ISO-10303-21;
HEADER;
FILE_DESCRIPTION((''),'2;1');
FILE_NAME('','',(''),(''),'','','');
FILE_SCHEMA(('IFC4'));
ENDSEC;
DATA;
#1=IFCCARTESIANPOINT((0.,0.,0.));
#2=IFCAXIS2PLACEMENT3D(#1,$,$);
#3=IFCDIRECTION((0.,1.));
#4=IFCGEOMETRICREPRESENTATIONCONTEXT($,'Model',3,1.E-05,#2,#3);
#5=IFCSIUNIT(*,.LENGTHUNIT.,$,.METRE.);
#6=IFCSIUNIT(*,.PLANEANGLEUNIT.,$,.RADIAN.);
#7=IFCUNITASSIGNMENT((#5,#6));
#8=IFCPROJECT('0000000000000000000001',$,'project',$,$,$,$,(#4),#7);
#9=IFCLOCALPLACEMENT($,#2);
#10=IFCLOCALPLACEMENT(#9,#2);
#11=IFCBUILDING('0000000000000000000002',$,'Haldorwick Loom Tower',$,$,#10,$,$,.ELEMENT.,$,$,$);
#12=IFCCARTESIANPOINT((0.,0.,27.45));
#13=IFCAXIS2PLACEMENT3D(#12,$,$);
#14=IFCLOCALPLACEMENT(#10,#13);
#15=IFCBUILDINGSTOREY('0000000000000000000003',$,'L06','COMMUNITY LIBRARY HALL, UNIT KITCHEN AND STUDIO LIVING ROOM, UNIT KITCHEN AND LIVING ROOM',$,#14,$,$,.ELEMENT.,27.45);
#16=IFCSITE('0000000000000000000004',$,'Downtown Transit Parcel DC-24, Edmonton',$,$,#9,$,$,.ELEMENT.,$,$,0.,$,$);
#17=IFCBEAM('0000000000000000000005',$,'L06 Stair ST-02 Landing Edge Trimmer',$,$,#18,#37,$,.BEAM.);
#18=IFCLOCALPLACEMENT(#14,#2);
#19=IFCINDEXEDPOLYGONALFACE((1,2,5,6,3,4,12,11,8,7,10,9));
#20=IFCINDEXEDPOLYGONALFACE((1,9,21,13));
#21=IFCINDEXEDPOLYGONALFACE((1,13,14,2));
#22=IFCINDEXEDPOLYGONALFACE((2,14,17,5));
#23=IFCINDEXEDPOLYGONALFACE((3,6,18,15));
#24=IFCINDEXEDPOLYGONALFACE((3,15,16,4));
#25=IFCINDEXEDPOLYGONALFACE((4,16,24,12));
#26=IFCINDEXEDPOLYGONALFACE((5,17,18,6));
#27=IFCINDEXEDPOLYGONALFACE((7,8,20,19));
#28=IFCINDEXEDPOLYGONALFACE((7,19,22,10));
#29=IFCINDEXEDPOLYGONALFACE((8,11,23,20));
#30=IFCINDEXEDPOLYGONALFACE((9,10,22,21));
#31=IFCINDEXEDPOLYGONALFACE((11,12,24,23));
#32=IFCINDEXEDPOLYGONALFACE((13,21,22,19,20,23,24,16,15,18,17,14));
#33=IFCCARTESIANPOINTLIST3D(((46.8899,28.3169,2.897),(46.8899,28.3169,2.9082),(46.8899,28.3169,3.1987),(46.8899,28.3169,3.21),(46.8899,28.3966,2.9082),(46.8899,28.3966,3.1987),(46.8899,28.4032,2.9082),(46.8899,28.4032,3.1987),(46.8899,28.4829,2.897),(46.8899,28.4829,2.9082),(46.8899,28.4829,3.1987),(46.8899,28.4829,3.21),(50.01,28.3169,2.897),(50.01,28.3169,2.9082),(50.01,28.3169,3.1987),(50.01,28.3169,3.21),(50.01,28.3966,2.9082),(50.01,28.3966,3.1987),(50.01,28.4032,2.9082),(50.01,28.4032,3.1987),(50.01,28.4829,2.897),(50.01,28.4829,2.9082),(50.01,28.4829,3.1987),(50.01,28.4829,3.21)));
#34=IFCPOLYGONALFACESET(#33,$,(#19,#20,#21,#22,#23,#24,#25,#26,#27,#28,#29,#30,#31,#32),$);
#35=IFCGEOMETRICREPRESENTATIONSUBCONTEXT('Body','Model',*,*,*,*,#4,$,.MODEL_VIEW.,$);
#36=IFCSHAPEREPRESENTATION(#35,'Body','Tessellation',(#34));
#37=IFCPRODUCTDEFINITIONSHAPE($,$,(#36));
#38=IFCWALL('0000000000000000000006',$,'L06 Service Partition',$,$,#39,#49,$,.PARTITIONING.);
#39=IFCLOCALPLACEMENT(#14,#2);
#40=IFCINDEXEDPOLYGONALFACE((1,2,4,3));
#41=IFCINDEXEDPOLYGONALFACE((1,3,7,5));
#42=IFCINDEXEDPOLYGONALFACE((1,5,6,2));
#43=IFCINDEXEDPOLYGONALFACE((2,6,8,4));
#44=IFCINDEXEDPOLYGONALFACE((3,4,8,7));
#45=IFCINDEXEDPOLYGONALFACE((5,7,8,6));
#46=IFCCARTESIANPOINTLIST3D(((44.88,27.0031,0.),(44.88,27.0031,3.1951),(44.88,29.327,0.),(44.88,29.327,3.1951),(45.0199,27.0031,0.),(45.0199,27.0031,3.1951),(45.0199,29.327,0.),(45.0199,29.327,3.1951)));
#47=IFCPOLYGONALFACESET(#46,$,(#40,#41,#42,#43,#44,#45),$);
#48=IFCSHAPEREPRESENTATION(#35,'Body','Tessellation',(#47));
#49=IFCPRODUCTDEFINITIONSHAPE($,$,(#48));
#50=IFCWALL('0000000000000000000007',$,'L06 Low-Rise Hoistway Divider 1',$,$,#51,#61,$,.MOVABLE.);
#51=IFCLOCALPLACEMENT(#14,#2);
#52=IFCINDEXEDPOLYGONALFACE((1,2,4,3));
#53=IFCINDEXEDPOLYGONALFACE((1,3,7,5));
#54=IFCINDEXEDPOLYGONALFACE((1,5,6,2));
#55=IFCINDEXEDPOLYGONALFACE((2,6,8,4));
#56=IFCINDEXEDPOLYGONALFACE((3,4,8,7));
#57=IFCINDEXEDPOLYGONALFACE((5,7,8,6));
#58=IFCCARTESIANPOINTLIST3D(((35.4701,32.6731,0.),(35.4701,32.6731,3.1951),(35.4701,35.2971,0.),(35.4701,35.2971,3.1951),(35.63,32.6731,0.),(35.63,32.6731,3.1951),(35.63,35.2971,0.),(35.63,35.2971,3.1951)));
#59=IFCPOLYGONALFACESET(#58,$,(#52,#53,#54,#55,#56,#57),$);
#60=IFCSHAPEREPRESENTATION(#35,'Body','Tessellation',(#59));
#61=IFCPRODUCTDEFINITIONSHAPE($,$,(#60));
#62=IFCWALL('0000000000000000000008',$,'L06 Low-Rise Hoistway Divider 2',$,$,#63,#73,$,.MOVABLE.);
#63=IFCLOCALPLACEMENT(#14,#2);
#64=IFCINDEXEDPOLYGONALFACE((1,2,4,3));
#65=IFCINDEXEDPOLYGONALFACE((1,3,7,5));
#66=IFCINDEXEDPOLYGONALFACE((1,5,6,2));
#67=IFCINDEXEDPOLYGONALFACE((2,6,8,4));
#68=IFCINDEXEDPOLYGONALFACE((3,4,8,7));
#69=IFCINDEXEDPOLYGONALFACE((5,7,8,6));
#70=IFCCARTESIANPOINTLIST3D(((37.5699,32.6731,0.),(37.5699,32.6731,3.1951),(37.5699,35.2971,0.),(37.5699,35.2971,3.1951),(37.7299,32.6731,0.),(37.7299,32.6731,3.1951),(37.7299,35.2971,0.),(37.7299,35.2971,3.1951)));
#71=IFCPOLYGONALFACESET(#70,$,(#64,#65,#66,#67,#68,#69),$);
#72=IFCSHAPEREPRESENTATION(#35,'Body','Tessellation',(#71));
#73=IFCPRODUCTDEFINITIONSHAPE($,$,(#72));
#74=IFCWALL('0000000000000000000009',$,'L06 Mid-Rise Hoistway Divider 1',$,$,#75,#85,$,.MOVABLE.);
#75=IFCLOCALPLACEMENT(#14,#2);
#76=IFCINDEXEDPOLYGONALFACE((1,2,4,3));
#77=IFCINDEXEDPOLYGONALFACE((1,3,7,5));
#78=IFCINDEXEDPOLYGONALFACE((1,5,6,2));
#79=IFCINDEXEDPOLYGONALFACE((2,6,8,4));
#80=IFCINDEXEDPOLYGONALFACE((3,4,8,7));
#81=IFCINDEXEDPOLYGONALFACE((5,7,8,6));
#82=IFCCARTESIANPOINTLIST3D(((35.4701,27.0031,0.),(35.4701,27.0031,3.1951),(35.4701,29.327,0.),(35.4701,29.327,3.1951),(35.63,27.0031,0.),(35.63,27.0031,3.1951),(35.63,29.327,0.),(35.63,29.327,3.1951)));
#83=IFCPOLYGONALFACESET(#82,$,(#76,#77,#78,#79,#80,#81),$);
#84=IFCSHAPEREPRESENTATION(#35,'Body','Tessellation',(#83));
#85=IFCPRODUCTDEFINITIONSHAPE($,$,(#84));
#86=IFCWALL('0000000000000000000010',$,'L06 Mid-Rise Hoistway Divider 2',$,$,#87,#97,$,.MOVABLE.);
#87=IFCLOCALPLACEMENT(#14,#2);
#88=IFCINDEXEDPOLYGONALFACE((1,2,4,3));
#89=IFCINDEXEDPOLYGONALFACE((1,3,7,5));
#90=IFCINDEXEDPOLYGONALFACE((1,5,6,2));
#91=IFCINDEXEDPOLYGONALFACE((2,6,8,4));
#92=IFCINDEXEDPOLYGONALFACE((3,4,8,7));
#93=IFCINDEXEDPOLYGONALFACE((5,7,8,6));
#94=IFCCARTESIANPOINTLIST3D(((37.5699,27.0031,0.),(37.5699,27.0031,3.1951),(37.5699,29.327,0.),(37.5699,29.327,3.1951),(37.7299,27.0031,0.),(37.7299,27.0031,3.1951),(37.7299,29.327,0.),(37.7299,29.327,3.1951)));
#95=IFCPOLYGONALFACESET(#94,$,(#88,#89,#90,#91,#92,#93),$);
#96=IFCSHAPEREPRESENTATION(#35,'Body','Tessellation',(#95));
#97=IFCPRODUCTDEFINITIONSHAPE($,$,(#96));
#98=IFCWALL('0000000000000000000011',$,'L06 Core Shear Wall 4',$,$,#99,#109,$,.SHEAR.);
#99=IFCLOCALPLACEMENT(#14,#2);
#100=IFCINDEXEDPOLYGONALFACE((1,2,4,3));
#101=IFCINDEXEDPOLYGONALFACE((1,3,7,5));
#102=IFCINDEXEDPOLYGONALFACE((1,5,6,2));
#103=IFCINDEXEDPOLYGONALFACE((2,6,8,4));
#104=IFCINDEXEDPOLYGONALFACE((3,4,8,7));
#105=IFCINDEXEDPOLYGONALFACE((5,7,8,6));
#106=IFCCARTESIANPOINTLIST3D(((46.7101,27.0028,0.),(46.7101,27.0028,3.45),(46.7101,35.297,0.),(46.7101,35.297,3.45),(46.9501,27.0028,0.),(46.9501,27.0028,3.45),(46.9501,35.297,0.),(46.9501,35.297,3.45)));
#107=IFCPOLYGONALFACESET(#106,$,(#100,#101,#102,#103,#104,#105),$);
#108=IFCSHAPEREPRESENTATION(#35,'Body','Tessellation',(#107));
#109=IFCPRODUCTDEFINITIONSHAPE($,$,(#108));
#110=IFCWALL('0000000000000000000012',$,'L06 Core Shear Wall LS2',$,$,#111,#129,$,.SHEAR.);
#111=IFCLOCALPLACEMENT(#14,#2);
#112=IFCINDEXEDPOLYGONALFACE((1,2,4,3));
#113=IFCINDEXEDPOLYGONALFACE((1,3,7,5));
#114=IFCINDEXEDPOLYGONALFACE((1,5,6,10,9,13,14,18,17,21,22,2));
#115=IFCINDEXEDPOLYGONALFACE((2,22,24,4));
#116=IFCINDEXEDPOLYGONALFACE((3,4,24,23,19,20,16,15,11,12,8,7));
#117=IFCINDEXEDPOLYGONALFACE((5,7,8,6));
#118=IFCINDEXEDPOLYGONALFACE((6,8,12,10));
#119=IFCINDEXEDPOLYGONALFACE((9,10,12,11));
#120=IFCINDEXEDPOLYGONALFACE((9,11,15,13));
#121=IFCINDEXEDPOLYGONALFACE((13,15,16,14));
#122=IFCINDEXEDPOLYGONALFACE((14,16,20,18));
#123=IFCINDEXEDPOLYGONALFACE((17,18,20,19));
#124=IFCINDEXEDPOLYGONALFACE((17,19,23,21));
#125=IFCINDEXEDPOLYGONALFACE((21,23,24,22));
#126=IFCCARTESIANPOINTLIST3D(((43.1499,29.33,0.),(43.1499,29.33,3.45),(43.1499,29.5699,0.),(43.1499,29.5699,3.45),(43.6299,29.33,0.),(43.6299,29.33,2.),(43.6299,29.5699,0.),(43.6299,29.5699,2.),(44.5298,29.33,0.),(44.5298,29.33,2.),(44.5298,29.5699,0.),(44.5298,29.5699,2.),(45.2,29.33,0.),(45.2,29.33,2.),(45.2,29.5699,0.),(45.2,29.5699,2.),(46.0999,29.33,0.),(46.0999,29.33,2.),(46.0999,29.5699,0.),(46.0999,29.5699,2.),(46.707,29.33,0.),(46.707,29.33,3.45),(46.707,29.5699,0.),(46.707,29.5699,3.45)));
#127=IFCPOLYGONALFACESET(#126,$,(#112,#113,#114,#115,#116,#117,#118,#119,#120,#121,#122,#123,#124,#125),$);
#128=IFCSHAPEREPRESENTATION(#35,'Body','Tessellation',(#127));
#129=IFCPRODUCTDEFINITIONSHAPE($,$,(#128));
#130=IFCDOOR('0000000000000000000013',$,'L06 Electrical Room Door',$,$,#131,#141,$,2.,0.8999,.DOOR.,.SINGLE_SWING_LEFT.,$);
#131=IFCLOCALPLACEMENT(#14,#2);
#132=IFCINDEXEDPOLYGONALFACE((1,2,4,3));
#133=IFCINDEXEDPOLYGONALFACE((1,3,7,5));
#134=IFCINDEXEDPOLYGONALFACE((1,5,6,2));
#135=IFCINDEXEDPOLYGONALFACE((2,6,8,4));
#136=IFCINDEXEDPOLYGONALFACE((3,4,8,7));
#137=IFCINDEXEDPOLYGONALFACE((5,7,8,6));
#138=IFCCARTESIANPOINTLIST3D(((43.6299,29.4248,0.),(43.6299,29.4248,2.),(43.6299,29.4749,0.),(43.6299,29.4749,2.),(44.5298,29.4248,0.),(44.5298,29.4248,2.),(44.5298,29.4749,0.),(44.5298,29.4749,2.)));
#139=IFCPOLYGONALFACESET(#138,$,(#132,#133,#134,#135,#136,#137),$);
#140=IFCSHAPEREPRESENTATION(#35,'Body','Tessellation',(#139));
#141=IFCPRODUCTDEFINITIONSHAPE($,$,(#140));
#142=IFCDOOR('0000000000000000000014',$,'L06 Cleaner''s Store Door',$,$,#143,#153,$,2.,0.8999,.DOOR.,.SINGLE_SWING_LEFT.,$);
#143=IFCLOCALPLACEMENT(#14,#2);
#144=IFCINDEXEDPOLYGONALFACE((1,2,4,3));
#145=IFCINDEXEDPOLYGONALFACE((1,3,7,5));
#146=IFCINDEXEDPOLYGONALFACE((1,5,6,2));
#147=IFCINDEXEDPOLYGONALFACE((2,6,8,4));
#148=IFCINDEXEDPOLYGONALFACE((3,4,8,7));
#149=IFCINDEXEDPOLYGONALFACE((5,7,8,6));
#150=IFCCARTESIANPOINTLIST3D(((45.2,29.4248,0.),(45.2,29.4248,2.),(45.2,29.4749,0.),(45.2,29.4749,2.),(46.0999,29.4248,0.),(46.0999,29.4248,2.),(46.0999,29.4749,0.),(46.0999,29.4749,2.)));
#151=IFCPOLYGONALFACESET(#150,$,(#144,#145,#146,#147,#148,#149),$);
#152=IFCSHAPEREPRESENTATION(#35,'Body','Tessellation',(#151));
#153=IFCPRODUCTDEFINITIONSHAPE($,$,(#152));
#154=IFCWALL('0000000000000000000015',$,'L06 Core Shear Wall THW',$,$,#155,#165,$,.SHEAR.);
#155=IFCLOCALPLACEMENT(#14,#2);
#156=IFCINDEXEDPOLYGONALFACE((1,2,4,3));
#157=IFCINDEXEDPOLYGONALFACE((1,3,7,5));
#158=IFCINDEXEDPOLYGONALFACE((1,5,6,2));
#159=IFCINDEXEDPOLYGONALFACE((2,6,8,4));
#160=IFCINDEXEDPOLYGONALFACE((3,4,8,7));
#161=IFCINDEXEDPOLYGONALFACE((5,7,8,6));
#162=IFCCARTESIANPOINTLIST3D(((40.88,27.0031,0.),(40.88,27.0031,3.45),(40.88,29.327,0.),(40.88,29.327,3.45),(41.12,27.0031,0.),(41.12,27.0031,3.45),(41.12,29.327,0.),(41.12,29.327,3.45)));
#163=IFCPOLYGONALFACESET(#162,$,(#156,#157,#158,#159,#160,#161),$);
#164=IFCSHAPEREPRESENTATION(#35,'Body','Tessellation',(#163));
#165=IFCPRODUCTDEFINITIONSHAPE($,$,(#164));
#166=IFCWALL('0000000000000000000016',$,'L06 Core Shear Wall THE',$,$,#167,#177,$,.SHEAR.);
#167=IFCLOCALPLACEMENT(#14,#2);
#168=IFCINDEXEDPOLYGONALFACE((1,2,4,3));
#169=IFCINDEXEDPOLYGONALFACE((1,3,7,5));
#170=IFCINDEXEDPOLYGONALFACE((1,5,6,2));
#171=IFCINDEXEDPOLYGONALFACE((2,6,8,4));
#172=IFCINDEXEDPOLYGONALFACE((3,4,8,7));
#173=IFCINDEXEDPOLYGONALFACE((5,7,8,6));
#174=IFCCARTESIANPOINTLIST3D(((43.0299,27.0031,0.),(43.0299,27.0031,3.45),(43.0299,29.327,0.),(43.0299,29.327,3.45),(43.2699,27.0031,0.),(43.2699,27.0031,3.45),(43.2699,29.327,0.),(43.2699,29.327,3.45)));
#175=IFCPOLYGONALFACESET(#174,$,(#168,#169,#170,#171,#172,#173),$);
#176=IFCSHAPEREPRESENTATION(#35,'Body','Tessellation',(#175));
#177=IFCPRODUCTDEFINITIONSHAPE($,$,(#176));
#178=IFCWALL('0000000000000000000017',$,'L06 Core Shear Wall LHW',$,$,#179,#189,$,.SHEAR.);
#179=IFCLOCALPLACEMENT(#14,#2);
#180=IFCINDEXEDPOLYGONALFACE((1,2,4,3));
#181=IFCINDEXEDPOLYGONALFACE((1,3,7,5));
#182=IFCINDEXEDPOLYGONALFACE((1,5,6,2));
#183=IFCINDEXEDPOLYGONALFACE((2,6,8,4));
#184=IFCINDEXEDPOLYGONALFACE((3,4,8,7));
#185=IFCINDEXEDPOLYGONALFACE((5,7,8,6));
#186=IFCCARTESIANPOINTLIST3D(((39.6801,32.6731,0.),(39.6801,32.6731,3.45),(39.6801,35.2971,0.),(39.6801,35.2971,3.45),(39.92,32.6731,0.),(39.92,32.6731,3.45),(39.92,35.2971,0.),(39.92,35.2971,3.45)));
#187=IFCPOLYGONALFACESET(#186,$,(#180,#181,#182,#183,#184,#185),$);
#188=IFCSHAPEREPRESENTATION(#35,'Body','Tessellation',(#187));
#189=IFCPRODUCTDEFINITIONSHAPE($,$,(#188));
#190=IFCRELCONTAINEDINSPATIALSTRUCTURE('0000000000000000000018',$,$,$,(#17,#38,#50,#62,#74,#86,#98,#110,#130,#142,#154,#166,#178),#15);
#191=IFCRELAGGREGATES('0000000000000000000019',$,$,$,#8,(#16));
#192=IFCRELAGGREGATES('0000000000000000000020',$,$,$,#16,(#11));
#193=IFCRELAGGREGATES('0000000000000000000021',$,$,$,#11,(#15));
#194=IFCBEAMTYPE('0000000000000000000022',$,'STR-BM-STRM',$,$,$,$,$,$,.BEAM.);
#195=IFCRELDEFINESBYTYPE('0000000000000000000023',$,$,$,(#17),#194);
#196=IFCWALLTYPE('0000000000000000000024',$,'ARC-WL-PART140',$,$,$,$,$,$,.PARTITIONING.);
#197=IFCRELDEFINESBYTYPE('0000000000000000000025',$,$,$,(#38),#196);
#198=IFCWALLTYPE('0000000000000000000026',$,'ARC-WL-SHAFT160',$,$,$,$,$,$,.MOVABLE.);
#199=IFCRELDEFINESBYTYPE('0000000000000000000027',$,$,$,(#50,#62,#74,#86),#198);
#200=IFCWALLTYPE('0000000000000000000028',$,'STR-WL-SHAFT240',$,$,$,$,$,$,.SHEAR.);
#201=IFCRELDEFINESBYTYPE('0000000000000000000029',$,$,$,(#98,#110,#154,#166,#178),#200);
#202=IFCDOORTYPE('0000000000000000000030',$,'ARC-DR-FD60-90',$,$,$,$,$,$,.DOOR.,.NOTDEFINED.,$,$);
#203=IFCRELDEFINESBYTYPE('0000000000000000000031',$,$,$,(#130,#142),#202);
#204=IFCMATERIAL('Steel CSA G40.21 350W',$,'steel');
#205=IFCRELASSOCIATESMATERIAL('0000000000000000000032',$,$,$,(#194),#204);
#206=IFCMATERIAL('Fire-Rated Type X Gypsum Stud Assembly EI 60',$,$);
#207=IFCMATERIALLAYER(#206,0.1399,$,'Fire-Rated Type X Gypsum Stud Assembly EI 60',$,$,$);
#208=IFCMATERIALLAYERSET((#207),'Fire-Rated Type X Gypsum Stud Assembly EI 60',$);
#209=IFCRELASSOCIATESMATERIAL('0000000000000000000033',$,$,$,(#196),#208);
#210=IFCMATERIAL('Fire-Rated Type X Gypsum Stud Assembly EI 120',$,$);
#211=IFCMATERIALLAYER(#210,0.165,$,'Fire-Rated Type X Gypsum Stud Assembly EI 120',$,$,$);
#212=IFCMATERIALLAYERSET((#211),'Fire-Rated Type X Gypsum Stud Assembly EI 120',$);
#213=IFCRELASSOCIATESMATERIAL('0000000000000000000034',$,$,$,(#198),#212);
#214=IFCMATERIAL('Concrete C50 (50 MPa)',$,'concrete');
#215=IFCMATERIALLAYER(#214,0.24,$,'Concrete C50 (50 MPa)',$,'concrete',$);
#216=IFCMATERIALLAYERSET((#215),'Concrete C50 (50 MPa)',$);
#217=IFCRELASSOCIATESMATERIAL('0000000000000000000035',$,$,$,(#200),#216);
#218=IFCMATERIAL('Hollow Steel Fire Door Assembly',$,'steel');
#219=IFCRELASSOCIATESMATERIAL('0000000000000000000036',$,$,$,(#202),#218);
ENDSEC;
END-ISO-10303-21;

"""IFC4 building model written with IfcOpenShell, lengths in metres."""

from ifc_helpers import new_model, si_unit, direction, frame, frame_2d, origin, origin_2d, place, context, subcontext, project, spatial, rectangle, i_section, extrude, material, layer, layer_set, material_profile, profile_set, type_object, element, fill, save


model = new_model("IFC4")

# Units and contexts
model_context = context("Model", 3, precision=1e-05, world=origin(), true_north=direction((0.0, 1.0)))
body_context = subcontext(model_context, "Body", "Model", "MODEL_VIEW")
ifc_project = project(units=[si_unit("LENGTHUNIT", "METRE"), si_unit("PLANEANGLEUNIT", "RADIAN")], contexts=[model_context])

# Site, building, storey
site_placement = place(None, origin())
site = spatial("IfcSite", under=ifc_project, at=site_placement, Name="Downtown Transit Parcel DC-24, Edmonton", CompositionType="ELEMENT", RefElevation=0.0)
building_placement = place(site_placement, origin())
building = spatial("IfcBuilding", under=site, at=building_placement, Name="Haldorwick Loom Tower", CompositionType="ELEMENT")
storey_placement = place(building_placement, frame((0.0, 0.0, 27.45)))
storey = spatial("IfcBuildingStorey", under=building, at=storey_placement, Name="L06", Description="COMMUNITY LIBRARY HALL, UNIT KITCHEN AND STUDIO LIVING ROOM, UNIT KITCHEN AND LIVING ROOM", CompositionType="ELEMENT", Elevation=27.45)

# Beam
ifc_material_1 = material(Name="Steel CSA G40.21 350W", Category="steel")
ifc_material_profile_1 = material_profile(ifc_material_1, i_section(OverallWidth=0.166, OverallDepth=0.313, WebThickness=0.0066, FlangeThickness=0.0112, at=origin_2d()), Name="W310X45", Category="steel")
ifc_profile_set_1 = profile_set([ifc_material_profile_1], Name="Steel CSA G40.21 350W")
beam_type_1 = type_object("IfcBeamType", Name="STR-BM-STRM", PredefinedType="BEAM", material=ifc_profile_set_1)
beam_1_placement = place(storey_placement, frame((46.8899, 28.3999, 3.0535), z_axis=(1.0, 0.0, 0.0), x_axis=(0.0, 1.0, 0.0)))
element("IfcBeam", 1, at=beam_1_placement, inside=storey, type_object=beam_type_1, Name="L06 Stair ST-02 Landing Edge Trimmer", PredefinedType="BEAM", context=body_context, shape_type="SweptSolid", body=[
    extrude(i_section(OverallWidth=0.166, OverallDepth=0.313, WebThickness=0.0066, FlangeThickness=0.0112, at=origin_2d()), origin(), (0.0, 0.0, 1.0), 3.1201),
])

# Walls
ifc_material_2 = material(Name="Fire-Rated Type X Gypsum Stud Assembly EI 60")
ifc_layer_1 = layer(ifc_material_2, 0.1399, Name="Fire-Rated Type X Gypsum Stud Assembly EI 60")
ifc_layer_set_1 = layer_set([ifc_layer_1], Name="Fire-Rated Type X Gypsum Stud Assembly EI 60")
wall_type_1 = type_object("IfcWallType", Name="ARC-WL-PART140", PredefinedType="PARTITIONING", material=ifc_layer_set_1)
wall_1_placement = place(storey_placement, frame((44.95, 27.0029, 0.0), z_axis=(0.0, 0.0, 1.0), x_axis=(0.0, 1.0, 0.0)))
element("IfcWall", 2, at=wall_1_placement, inside=storey, type_object=wall_type_1, Name="L06 Service Partition", PredefinedType="PARTITIONING", context=body_context, shape_type="SweptSolid", body=[
    extrude(rectangle(XDim=2.324, YDim=0.1399, at=frame_2d((1.1621, 0.0))), origin(), (0.0, 0.0, 1.0), 3.1951),
])
ifc_material_3 = material(Name="Fire-Rated Type X Gypsum Stud Assembly EI 120")
ifc_layer_2 = layer(ifc_material_3, 0.165, Name="Fire-Rated Type X Gypsum Stud Assembly EI 120")
ifc_layer_set_2 = layer_set([ifc_layer_2], Name="Fire-Rated Type X Gypsum Stud Assembly EI 120")
wall_type_2 = type_object("IfcWallType", Name="ARC-WL-SHAFT160", PredefinedType="MOVABLE", material=ifc_layer_set_2)
for number, where, z_axis, x_axis, name in (
    (3, (35.55, 32.6731, 0.0), (0.0, 0.0, 1.0), (0.0, 1.0, 0.0), "L06 Low-Rise Hoistway Divider 1"),
    (4, (37.6499, 32.6731, 0.0), (0.0, 0.0, 1.0), (0.0, 1.0, 0.0), "L06 Low-Rise Hoistway Divider 2"),
):
    element("IfcWall", number, at=place(storey_placement, frame(where, z_axis=z_axis, x_axis=x_axis)), inside=storey, type_object=wall_type_2, Name=name, PredefinedType="MOVABLE", context=body_context, shape_type="SweptSolid", body=[
        extrude(rectangle(XDim=2.624, YDim=0.1599, at=frame_2d((1.312, 0.0))), origin(), (0.0, 0.0, 1.0), 3.1951),
    ])
for number, where, z_axis, x_axis, name in (
    (5, (35.55, 27.0029, 0.0), (0.0, 0.0, 1.0), (0.0, 1.0, 0.0), "L06 Mid-Rise Hoistway Divider 1"),
    (6, (37.6499, 27.0029, 0.0), (0.0, 0.0, 1.0), (0.0, 1.0, 0.0), "L06 Mid-Rise Hoistway Divider 2"),
):
    element("IfcWall", number, at=place(storey_placement, frame(where, z_axis=z_axis, x_axis=x_axis)), inside=storey, type_object=wall_type_2, Name=name, PredefinedType="MOVABLE", context=body_context, shape_type="SweptSolid", body=[
        extrude(rectangle(XDim=2.324, YDim=0.1599, at=frame_2d((1.1621, 0.0))), origin(), (0.0, 0.0, 1.0), 3.1951),
    ])
ifc_material_4 = material(Name="Concrete C50 (50 MPa)", Category="concrete")
ifc_layer_3 = layer(ifc_material_4, 0.24, Name="Concrete C50 (50 MPa)", Category="concrete")
ifc_layer_set_3 = layer_set([ifc_layer_3], Name="Concrete C50 (50 MPa)")
wall_type_3 = type_object("IfcWallType", Name="STR-WL-SHAFT240", PredefinedType="SHEAR", material=ifc_layer_set_3)
wall_2_placement = place(storey_placement, frame((46.8301, 27.0029, 0.0), z_axis=(0.0, 0.0, 1.0), x_axis=(0.0, 1.0, 0.0)))
element("IfcWall", 7, at=wall_2_placement, inside=storey, type_object=wall_type_3, Name="L06 Core Shear Wall 4", PredefinedType="SHEAR", context=body_context, shape_type="SweptSolid", body=[
    extrude(rectangle(XDim=8.2942, YDim=0.24, at=frame_2d((4.147, 0.0))), origin(), (0.0, 0.0, 1.0), 3.45),
])

# Wall, openings, doors
wall_3_placement = place(storey_placement, frame((43.1499, 29.45, 0.0), z_axis=(0.0, 0.0, 1.0), x_axis=(1.0, 0.0, 0.0)))
wall_3 = element("IfcWall", 8, at=wall_3_placement, inside=storey, type_object=wall_type_3, Name="L06 Core Shear Wall LS2", PredefinedType="SHEAR", context=body_context, shape_type="SweptSolid", body=[
    extrude(rectangle(XDim=3.5571, YDim=0.24, at=frame_2d((1.7786, 0.0))), origin(), (0.0, 0.0, 1.0), 3.45),
])
opening_1_placement = place(wall_3_placement, frame((0.48, 0.0, 0.0)))
opening_1 = element("IfcOpeningElement", 9, at=opening_1_placement, cuts=wall_3, PredefinedType="OPENING", context=body_context, shape_type="SweptSolid", body=[
    extrude(rectangle(XDim=0.8999, YDim=2.0, at=frame_2d((0.45, 1.0))), frame((0.0, 0.1299, 0.0), z_axis=(0.0, -1.0, 0.0), x_axis=(1.0, 0.0, 0.0)), (0.0, 0.0, 1.0), 0.26),
])
opening_2_placement = place(wall_3_placement, frame((2.05, 0.0, 0.0)))
opening_2 = element("IfcOpeningElement", 10, at=opening_2_placement, cuts=wall_3, PredefinedType="OPENING", context=body_context, shape_type="SweptSolid", body=[
    extrude(rectangle(XDim=0.8999, YDim=2.0, at=frame_2d((0.45, 1.0))), frame((0.0, 0.1299, 0.0), z_axis=(0.0, -1.0, 0.0), x_axis=(1.0, 0.0, 0.0)), (0.0, 0.0, 1.0), 0.26),
])
ifc_material_5 = material(Name="Hollow Steel Fire Door Assembly", Category="steel")
door_type = type_object("IfcDoorType", Name="ARC-DR-FD60-90", OperationType="NOTDEFINED", PredefinedType="DOOR", material=ifc_material_5)
door_1_placement = place(opening_1_placement, origin())
door_1 = element("IfcDoor", 11, at=door_1_placement, inside=storey, type_object=door_type, Name="L06 Electrical Room Door", OperationType="SINGLE_SWING_LEFT", OverallHeight=2.0, OverallWidth=0.8999, PredefinedType="DOOR", context=body_context, shape_type="SweptSolid", body=[
    extrude(rectangle(XDim=0.8999, YDim=2.0, at=frame_2d((0.45, 1.0))), frame((0.0, 0.0249, 0.0), z_axis=(0.0, -1.0, 0.0), x_axis=(1.0, 0.0, 0.0)), (0.0, 0.0, 1.0), 0.05),
])
fill(opening_1, door_1)
door_2_placement = place(opening_2_placement, origin())
door_2 = element("IfcDoor", 12, at=door_2_placement, inside=storey, type_object=door_type, Name="L06 Cleaner's Store Door", OperationType="SINGLE_SWING_LEFT", OverallHeight=2.0, OverallWidth=0.8999, PredefinedType="DOOR", context=body_context, shape_type="SweptSolid", body=[
    extrude(rectangle(XDim=0.8999, YDim=2.0, at=frame_2d((0.45, 1.0))), frame((0.0, 0.0249, 0.0), z_axis=(0.0, -1.0, 0.0), x_axis=(1.0, 0.0, 0.0)), (0.0, 0.0, 1.0), 0.05),
])
fill(opening_2, door_2)

# Walls
for number, where, z_axis, x_axis, name in (
    (13, (41.0, 27.0029, 0.0), (0.0, 0.0, 1.0), (0.0, 1.0, 0.0), "L06 Core Shear Wall THW"),
    (14, (43.1499, 27.0029, 0.0), (0.0, 0.0, 1.0), (0.0, 1.0, 0.0), "L06 Core Shear Wall THE"),
):
    element("IfcWall", number, at=place(storey_placement, frame(where, z_axis=z_axis, x_axis=x_axis)), inside=storey, type_object=wall_type_3, Name=name, PredefinedType="SHEAR", context=body_context, shape_type="SweptSolid", body=[
        extrude(rectangle(XDim=2.324, YDim=0.24, at=frame_2d((1.1621, 0.0))), origin(), (0.0, 0.0, 1.0), 3.45),
    ])
for number, where, z_axis, x_axis, name in (
    (15, (39.8, 32.6731, 0.0), (0.0, 0.0, 1.0), (0.0, 1.0, 0.0), "L06 Core Shear Wall LHW"),
):
    element("IfcWall", number, at=place(storey_placement, frame(where, z_axis=z_axis, x_axis=x_axis)), inside=storey, type_object=wall_type_3, Name=name, PredefinedType="SHEAR", context=body_context, shape_type="SweptSolid", body=[
        extrude(rectangle(XDim=2.624, YDim=0.24, at=frame_2d((1.312, 0.0))), origin(), (0.0, 0.0, 1.0), 3.45),
    ])

save(model, "model.ifc")
